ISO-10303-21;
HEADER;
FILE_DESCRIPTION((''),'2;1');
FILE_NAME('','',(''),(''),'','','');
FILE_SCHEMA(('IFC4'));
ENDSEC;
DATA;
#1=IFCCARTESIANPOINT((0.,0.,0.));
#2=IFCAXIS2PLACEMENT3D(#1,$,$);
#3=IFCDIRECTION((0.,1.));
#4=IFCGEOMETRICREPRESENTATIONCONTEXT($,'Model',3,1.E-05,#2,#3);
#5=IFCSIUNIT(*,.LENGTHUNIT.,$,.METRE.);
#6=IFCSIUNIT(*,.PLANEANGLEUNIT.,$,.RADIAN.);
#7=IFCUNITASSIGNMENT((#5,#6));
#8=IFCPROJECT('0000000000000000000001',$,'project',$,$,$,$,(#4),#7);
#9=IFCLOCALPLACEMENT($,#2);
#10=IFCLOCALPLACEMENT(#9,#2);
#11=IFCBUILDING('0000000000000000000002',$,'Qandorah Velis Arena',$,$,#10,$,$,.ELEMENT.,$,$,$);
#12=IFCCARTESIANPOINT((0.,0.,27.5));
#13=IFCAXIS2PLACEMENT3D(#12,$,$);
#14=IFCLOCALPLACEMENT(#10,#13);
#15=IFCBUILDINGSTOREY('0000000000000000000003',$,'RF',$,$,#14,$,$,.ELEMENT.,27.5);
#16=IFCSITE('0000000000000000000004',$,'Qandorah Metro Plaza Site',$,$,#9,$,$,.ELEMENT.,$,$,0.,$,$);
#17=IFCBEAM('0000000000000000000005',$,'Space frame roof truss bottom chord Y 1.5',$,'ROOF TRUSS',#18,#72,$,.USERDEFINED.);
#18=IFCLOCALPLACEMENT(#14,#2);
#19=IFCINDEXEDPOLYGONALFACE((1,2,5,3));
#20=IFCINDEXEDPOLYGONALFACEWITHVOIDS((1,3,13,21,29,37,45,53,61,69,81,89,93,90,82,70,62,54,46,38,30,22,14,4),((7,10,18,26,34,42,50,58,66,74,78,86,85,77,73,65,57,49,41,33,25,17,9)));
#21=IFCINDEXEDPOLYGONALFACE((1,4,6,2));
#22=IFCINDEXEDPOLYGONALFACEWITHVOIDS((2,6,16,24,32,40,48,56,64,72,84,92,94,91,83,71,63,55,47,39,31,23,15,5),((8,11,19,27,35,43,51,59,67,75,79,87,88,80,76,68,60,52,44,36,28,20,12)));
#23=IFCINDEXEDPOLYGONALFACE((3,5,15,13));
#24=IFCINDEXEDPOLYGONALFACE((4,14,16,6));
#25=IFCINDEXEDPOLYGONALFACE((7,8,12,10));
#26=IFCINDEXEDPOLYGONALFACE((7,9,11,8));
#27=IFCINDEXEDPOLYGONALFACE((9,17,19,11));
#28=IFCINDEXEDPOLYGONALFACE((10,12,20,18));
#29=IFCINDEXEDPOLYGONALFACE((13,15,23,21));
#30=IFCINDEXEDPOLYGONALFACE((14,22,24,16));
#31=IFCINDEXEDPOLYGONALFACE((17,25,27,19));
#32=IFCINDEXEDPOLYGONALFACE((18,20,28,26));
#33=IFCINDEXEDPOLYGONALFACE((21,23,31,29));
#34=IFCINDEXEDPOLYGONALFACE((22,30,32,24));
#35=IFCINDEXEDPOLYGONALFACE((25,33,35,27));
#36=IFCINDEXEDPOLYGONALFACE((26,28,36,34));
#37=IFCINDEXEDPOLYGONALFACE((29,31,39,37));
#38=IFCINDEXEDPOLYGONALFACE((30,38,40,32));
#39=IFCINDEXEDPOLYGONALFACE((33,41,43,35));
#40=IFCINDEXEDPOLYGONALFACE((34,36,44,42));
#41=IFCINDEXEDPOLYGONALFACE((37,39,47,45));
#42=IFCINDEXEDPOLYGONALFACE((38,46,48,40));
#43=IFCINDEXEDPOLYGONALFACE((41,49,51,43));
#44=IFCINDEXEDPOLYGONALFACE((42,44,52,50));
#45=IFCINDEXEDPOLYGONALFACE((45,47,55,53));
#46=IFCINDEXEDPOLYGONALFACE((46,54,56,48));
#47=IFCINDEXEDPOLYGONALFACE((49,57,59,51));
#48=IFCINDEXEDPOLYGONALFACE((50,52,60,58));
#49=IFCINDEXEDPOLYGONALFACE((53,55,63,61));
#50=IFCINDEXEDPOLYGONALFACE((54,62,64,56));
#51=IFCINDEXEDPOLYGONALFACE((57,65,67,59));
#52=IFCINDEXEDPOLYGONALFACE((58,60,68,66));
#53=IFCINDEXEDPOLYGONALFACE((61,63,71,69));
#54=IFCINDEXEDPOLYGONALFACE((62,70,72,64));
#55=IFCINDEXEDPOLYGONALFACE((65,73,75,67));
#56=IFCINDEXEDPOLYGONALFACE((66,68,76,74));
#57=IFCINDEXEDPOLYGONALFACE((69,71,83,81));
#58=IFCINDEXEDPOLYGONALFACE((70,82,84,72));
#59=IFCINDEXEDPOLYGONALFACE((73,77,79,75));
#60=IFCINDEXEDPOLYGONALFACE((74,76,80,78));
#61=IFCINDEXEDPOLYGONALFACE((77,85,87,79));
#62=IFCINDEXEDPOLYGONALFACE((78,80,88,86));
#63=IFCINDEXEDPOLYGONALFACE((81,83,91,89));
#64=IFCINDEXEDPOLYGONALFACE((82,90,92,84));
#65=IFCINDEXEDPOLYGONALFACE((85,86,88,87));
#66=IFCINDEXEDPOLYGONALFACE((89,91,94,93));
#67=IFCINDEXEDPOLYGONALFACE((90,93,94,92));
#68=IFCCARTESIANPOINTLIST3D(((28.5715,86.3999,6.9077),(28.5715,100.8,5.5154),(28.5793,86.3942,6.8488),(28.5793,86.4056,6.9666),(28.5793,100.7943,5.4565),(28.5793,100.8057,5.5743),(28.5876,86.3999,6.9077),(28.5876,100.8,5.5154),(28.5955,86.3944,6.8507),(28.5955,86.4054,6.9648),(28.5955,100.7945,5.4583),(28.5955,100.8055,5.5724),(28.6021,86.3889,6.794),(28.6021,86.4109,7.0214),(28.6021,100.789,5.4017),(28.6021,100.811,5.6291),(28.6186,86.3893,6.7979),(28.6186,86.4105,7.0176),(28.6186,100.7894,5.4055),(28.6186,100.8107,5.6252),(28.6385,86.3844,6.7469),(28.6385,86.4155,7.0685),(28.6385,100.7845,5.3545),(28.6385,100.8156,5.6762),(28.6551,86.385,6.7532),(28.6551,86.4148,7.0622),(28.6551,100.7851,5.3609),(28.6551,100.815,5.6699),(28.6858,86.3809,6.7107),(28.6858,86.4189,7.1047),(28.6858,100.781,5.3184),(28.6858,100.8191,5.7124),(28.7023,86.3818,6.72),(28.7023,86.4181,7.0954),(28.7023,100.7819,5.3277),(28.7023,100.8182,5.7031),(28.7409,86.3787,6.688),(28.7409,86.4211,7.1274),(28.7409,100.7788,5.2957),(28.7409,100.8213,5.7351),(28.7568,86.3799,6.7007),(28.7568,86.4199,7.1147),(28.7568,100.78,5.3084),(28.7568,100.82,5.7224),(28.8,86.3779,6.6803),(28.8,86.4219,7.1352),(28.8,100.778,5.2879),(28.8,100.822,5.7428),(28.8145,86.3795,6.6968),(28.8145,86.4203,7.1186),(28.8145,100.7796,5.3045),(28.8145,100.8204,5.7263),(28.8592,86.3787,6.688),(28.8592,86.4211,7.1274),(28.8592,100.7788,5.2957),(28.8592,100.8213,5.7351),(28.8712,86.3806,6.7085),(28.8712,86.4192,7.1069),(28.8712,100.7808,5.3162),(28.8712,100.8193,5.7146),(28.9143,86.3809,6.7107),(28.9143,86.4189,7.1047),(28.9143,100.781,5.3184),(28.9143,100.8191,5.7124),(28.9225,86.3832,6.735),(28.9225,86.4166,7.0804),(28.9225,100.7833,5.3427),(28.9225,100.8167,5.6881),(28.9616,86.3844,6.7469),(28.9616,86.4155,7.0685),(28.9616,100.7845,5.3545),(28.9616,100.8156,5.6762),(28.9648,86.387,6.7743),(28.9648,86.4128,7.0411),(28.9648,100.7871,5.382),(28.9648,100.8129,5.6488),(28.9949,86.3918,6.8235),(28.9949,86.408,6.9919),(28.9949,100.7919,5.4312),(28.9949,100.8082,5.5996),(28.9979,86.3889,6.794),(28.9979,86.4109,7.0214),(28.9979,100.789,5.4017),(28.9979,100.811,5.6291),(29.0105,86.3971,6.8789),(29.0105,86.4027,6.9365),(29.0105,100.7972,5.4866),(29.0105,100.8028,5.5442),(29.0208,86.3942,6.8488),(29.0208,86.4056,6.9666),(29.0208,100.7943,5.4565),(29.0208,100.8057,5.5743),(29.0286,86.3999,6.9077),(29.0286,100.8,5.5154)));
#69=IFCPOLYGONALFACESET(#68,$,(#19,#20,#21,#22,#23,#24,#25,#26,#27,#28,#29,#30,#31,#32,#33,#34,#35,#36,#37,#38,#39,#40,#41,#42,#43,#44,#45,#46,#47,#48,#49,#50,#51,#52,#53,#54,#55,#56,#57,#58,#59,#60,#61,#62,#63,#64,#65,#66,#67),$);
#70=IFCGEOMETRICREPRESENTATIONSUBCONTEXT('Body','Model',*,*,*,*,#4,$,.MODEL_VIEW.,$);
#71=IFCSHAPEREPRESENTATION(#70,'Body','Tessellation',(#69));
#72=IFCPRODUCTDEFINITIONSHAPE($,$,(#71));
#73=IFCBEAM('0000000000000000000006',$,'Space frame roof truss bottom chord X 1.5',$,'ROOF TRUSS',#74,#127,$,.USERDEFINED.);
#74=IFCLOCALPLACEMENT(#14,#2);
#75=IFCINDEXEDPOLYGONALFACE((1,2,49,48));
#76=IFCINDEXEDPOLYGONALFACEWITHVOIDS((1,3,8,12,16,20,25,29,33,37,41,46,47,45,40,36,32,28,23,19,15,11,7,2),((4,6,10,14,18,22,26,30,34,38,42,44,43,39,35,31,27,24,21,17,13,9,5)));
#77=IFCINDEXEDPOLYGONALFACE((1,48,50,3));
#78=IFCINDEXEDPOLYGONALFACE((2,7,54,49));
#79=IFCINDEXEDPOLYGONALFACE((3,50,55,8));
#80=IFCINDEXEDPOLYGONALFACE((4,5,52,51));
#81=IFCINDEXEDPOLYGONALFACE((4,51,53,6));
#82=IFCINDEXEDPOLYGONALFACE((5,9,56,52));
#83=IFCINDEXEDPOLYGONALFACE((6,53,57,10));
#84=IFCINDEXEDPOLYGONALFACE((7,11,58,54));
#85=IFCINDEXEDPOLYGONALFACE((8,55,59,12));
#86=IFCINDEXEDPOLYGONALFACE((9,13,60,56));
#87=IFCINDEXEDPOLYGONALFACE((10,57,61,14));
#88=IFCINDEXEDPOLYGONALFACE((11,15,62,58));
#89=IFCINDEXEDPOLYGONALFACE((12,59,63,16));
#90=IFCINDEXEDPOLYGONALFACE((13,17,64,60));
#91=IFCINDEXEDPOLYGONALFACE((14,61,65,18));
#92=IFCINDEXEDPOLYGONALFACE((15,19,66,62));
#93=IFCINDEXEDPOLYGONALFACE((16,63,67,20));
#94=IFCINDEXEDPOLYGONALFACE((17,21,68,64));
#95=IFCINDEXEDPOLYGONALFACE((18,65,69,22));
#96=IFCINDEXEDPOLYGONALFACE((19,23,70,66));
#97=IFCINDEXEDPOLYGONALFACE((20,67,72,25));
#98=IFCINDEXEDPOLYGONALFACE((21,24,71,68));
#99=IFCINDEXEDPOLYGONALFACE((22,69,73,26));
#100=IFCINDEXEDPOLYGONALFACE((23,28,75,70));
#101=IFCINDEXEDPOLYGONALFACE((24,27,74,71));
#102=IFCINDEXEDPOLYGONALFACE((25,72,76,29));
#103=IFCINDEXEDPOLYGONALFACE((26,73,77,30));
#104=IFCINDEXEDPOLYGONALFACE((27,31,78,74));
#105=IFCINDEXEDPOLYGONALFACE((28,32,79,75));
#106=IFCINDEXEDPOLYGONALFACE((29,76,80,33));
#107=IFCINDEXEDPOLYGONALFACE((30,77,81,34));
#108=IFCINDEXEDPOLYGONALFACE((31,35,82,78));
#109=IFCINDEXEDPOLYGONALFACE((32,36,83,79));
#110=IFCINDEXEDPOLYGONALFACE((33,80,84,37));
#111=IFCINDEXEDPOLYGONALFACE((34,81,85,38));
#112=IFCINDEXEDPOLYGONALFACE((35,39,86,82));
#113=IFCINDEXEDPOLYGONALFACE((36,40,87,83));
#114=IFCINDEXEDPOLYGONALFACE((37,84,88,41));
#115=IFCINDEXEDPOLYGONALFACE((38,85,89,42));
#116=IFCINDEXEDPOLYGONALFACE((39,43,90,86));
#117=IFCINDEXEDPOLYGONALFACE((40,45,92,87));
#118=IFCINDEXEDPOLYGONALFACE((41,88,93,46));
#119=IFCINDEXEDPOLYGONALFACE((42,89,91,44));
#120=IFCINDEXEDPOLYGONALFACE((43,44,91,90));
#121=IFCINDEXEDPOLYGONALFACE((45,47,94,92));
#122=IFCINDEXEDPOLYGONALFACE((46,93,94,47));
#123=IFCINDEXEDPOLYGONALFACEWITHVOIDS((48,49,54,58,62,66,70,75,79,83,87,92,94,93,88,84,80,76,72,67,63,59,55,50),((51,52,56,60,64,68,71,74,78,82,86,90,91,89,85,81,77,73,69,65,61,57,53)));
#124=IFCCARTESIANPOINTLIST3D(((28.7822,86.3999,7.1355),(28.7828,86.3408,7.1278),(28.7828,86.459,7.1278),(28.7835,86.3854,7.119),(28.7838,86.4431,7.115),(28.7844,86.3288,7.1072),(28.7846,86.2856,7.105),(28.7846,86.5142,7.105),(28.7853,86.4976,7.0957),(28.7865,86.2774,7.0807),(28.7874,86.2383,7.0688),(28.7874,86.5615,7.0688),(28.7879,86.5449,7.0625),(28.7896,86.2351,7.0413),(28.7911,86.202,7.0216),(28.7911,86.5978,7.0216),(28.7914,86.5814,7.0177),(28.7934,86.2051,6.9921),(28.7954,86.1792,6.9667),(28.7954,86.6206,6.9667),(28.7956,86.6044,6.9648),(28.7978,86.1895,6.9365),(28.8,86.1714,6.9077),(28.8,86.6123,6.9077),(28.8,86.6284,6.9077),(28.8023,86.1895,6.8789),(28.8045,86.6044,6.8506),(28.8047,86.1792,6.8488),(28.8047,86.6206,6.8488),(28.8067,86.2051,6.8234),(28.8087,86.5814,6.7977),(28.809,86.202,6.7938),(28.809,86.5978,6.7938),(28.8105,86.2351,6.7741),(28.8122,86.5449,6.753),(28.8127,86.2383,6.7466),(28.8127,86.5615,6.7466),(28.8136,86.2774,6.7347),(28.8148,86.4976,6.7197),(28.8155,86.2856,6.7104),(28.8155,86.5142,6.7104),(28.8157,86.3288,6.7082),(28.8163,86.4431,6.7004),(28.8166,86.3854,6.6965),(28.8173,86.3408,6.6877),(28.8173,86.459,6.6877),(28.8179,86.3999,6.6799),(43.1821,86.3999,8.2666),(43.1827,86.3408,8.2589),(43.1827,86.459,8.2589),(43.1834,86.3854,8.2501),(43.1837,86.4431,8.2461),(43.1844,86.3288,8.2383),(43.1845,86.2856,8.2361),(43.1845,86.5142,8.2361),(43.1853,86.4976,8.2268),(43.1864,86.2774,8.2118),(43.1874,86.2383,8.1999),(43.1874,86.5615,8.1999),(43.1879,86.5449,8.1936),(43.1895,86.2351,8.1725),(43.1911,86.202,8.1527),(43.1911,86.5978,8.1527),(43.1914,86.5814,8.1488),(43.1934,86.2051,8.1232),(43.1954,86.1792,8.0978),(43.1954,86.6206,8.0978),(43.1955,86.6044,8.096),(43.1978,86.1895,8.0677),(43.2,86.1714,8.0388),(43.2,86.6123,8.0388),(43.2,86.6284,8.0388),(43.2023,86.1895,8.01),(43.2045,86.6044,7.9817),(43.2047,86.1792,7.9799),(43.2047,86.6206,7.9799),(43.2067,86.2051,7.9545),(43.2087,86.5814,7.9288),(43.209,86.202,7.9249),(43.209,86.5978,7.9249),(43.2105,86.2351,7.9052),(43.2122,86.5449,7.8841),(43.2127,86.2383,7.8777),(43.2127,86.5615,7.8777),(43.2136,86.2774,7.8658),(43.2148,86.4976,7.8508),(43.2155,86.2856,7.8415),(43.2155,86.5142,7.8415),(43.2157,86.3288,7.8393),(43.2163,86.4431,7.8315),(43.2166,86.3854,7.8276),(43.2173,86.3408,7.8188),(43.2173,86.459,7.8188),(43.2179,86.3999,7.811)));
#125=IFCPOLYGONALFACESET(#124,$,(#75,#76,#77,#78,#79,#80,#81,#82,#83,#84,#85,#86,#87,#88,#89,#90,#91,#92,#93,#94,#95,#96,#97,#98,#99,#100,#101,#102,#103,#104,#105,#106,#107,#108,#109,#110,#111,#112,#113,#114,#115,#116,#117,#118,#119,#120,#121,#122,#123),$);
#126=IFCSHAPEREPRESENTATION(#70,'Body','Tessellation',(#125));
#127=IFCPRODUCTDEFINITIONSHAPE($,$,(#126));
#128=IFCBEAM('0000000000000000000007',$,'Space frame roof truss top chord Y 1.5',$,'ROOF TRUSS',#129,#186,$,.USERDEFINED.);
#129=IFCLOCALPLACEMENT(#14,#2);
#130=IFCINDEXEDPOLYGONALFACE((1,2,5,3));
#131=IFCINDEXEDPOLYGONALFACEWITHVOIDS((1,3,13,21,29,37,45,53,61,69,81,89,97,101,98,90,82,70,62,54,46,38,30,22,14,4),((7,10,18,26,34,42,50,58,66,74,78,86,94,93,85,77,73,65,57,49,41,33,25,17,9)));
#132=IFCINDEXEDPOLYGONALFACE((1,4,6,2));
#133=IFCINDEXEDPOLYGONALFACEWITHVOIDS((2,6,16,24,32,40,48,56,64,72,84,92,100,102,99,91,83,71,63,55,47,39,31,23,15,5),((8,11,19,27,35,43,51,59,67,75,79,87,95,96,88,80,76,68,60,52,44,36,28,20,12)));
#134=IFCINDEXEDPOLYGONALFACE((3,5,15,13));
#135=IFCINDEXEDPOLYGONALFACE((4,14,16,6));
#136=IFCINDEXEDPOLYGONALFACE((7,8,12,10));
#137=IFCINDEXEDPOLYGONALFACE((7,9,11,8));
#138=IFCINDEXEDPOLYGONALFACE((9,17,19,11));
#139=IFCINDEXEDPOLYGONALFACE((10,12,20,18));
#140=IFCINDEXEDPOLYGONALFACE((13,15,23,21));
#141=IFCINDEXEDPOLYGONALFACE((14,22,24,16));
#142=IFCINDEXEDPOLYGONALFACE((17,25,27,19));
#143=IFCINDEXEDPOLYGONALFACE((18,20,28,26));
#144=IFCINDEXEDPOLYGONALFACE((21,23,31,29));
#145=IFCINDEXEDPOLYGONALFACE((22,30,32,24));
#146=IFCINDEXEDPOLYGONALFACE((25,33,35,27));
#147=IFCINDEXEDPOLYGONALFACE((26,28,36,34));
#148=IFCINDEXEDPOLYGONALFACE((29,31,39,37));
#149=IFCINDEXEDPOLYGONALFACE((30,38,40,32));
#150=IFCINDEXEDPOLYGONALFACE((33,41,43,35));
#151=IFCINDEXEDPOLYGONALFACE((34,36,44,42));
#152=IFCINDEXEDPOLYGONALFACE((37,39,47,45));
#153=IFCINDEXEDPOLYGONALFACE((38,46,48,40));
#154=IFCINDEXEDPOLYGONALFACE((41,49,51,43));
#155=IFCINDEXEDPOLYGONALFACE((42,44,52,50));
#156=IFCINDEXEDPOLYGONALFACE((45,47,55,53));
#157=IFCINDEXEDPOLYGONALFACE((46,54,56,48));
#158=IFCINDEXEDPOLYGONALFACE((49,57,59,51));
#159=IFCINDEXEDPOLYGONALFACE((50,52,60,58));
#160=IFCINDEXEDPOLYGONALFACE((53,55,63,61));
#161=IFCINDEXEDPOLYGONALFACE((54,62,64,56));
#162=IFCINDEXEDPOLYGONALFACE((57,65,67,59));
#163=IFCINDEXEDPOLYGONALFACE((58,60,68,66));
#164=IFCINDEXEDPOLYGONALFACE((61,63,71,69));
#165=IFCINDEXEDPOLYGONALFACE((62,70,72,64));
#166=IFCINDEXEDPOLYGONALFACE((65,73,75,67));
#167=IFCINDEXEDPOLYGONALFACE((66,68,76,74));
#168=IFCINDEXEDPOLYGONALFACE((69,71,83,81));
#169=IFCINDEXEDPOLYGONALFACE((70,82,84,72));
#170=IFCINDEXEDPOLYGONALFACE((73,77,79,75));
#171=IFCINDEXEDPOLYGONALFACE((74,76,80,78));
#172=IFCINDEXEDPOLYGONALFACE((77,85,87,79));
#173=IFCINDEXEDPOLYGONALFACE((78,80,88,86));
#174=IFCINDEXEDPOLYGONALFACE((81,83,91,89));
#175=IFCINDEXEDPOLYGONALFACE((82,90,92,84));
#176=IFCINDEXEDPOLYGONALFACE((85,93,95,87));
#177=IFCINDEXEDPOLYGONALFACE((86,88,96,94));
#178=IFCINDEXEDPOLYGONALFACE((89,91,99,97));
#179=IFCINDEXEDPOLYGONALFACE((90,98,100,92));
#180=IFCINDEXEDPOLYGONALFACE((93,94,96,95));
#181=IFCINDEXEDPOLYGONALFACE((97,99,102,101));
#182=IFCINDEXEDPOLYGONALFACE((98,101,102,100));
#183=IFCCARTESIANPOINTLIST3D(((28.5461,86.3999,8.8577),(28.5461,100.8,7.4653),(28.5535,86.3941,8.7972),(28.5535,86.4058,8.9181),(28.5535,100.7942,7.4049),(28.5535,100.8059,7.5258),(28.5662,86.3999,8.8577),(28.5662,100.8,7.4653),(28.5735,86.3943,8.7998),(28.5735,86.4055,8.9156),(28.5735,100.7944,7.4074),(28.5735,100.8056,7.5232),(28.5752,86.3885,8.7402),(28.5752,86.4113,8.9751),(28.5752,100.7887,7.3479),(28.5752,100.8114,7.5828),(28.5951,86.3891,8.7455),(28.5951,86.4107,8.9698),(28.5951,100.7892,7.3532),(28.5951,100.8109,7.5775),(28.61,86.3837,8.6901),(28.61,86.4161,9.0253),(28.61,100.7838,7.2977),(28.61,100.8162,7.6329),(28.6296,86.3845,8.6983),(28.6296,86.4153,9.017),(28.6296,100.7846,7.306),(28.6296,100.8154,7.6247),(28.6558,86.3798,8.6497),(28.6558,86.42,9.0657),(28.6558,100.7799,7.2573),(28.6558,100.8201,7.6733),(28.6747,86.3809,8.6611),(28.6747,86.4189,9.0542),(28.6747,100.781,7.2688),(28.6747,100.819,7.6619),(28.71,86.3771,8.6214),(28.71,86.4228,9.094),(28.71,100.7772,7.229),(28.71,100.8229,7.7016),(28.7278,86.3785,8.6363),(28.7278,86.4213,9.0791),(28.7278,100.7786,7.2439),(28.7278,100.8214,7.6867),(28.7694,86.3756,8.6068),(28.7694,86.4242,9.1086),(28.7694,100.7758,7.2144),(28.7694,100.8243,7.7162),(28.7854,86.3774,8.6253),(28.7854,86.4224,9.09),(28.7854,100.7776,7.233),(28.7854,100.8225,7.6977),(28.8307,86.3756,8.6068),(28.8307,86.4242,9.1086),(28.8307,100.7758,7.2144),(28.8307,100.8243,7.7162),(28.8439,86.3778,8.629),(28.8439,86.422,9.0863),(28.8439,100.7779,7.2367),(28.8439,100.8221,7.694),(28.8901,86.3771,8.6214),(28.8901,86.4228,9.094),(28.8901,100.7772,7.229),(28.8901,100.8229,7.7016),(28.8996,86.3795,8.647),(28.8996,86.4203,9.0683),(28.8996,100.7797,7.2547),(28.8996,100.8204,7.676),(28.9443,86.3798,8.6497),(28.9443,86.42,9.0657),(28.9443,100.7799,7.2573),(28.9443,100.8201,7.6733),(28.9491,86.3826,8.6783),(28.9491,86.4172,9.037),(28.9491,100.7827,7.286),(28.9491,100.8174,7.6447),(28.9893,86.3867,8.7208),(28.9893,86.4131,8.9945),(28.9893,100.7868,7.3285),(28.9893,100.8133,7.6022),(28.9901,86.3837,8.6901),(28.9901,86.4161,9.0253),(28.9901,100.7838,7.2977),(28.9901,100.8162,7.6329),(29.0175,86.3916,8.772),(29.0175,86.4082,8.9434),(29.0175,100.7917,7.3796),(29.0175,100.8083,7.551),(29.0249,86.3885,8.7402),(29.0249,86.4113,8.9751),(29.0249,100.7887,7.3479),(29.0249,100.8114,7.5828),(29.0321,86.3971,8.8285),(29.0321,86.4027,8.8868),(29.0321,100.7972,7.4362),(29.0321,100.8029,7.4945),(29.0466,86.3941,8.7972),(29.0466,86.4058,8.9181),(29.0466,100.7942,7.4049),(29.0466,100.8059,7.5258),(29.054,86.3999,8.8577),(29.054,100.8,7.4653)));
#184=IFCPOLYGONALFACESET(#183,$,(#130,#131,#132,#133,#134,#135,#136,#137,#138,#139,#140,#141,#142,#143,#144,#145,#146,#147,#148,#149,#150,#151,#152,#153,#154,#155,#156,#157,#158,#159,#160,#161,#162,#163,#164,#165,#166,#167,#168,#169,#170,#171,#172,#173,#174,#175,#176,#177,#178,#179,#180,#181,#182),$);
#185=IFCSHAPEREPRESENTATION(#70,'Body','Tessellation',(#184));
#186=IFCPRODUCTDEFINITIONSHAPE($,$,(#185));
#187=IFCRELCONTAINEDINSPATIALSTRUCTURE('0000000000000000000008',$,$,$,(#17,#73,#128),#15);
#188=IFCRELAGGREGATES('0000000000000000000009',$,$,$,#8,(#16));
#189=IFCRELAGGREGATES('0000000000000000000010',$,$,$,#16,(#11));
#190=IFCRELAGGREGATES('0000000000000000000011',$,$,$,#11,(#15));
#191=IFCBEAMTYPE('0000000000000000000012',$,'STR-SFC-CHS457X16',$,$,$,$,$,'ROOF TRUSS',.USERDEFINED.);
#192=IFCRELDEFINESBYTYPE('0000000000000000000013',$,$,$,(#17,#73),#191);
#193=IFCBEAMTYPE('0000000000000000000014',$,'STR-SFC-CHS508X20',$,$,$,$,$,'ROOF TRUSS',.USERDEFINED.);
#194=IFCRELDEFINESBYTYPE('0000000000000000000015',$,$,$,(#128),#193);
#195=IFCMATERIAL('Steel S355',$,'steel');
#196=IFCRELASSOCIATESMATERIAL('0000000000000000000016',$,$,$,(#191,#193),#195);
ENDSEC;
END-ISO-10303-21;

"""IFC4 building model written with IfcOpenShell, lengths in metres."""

from ifc_helpers import new_model, si_unit, direction, frame, origin, origin_2d, place, context, subcontext, project, spatial, hollow_circle, extrude, material, material_profile, profile_set, type_object, element, save


model = new_model("IFC4")

# Units and contexts
model_context = context("Model", 3, precision=1e-05, world=origin(), true_north=direction((0.0, 1.0)))
body_context = subcontext(model_context, "Body", "Model", "MODEL_VIEW")
ifc_project = project(units=[si_unit("LENGTHUNIT", "METRE"), si_unit("PLANEANGLEUNIT", "RADIAN")], contexts=[model_context])

# Site, building, storey
site_placement = place(None, origin())
site = spatial("IfcSite", under=ifc_project, at=site_placement, Name="Qandorah Metro Plaza Site", CompositionType="ELEMENT", RefElevation=0.0)
building_placement = place(site_placement, origin())
building = spatial("IfcBuilding", under=site, at=building_placement, Name="Qandorah Velis Arena", CompositionType="ELEMENT")
storey_placement = place(building_placement, frame((0.0, 0.0, 27.5)))
storey = spatial("IfcBuildingStorey", under=building, at=storey_placement, Name="RF", CompositionType="ELEMENT", Elevation=27.5)

# Beams
ifc_material_1 = material(Name="Steel S355", Category="steel")
ifc_material_profile_1 = material_profile(ifc_material_1, hollow_circle(Radius=0.2285, WallThickness=0.0161, at=origin_2d()), Name="CHS 457x16")
ifc_profile_set_1 = profile_set([ifc_material_profile_1], Name="Steel S355")
beam_type_1 = type_object("IfcBeamType", Name="STR-SFC-CHS457X16", ElementType="ROOF TRUSS", PredefinedType="USERDEFINED", material=ifc_profile_set_1)
beam_1_placement = place(storey_placement, frame((28.8, 86.3999, 6.9077), z_axis=(0.0, 0.995358, -0.09624), x_axis=(-1.0, 0.0, 0.0)))
element("IfcBeam", 1, at=beam_1_placement, inside=storey, type_object=beam_type_1, Name="Space frame roof truss bottom chord Y 1.5", ObjectType="ROOF TRUSS", PredefinedType="USERDEFINED", context=body_context, shape_type="SweptSolid", body=[
    extrude(hollow_circle(Radius=0.2285, WallThickness=0.0161, at=origin_2d()), origin(), (0.0, 0.0, 1.0), 14.4673),
])
beam_2_placement = place(storey_placement, frame((28.8, 86.3999, 6.9077), z_axis=(0.996929, 0.0, 0.078308), x_axis=(0.0, 1.0, 0.0)))
element("IfcBeam", 2, at=beam_2_placement, inside=storey, type_object=beam_type_1, Name="Space frame roof truss bottom chord X 1.5", ObjectType="ROOF TRUSS", PredefinedType="USERDEFINED", context=body_context, shape_type="SweptSolid", body=[
    extrude(hollow_circle(Radius=0.2285, WallThickness=0.0161, at=origin_2d()), origin(), (0.0, 0.0, 1.0), 14.4443),
])
ifc_material_profile_2 = material_profile(ifc_material_1, hollow_circle(Radius=0.2539, WallThickness=0.02, at=origin_2d()), Name="CHS 508x20")
ifc_profile_set_2 = profile_set([ifc_material_profile_2], Name="Steel S355")
beam_type_2 = type_object("IfcBeamType", Name="STR-SFC-CHS508X20", ElementType="ROOF TRUSS", PredefinedType="USERDEFINED", material=ifc_profile_set_2)
beam_3_placement = place(storey_placement, frame((28.8, 86.3999, 8.8577), z_axis=(0.0, 0.995358, -0.09624), x_axis=(-1.0, 0.0, 0.0)))
element("IfcBeam", 3, at=beam_3_placement, inside=storey, type_object=beam_type_2, Name="Space frame roof truss top chord Y 1.5", ObjectType="ROOF TRUSS", PredefinedType="USERDEFINED", context=body_context, shape_type="SweptSolid", body=[
    extrude(hollow_circle(Radius=0.2539, WallThickness=0.02, at=origin_2d()), origin(), (0.0, 0.0, 1.0), 14.4673),
])

save(model, "model.ifc")
